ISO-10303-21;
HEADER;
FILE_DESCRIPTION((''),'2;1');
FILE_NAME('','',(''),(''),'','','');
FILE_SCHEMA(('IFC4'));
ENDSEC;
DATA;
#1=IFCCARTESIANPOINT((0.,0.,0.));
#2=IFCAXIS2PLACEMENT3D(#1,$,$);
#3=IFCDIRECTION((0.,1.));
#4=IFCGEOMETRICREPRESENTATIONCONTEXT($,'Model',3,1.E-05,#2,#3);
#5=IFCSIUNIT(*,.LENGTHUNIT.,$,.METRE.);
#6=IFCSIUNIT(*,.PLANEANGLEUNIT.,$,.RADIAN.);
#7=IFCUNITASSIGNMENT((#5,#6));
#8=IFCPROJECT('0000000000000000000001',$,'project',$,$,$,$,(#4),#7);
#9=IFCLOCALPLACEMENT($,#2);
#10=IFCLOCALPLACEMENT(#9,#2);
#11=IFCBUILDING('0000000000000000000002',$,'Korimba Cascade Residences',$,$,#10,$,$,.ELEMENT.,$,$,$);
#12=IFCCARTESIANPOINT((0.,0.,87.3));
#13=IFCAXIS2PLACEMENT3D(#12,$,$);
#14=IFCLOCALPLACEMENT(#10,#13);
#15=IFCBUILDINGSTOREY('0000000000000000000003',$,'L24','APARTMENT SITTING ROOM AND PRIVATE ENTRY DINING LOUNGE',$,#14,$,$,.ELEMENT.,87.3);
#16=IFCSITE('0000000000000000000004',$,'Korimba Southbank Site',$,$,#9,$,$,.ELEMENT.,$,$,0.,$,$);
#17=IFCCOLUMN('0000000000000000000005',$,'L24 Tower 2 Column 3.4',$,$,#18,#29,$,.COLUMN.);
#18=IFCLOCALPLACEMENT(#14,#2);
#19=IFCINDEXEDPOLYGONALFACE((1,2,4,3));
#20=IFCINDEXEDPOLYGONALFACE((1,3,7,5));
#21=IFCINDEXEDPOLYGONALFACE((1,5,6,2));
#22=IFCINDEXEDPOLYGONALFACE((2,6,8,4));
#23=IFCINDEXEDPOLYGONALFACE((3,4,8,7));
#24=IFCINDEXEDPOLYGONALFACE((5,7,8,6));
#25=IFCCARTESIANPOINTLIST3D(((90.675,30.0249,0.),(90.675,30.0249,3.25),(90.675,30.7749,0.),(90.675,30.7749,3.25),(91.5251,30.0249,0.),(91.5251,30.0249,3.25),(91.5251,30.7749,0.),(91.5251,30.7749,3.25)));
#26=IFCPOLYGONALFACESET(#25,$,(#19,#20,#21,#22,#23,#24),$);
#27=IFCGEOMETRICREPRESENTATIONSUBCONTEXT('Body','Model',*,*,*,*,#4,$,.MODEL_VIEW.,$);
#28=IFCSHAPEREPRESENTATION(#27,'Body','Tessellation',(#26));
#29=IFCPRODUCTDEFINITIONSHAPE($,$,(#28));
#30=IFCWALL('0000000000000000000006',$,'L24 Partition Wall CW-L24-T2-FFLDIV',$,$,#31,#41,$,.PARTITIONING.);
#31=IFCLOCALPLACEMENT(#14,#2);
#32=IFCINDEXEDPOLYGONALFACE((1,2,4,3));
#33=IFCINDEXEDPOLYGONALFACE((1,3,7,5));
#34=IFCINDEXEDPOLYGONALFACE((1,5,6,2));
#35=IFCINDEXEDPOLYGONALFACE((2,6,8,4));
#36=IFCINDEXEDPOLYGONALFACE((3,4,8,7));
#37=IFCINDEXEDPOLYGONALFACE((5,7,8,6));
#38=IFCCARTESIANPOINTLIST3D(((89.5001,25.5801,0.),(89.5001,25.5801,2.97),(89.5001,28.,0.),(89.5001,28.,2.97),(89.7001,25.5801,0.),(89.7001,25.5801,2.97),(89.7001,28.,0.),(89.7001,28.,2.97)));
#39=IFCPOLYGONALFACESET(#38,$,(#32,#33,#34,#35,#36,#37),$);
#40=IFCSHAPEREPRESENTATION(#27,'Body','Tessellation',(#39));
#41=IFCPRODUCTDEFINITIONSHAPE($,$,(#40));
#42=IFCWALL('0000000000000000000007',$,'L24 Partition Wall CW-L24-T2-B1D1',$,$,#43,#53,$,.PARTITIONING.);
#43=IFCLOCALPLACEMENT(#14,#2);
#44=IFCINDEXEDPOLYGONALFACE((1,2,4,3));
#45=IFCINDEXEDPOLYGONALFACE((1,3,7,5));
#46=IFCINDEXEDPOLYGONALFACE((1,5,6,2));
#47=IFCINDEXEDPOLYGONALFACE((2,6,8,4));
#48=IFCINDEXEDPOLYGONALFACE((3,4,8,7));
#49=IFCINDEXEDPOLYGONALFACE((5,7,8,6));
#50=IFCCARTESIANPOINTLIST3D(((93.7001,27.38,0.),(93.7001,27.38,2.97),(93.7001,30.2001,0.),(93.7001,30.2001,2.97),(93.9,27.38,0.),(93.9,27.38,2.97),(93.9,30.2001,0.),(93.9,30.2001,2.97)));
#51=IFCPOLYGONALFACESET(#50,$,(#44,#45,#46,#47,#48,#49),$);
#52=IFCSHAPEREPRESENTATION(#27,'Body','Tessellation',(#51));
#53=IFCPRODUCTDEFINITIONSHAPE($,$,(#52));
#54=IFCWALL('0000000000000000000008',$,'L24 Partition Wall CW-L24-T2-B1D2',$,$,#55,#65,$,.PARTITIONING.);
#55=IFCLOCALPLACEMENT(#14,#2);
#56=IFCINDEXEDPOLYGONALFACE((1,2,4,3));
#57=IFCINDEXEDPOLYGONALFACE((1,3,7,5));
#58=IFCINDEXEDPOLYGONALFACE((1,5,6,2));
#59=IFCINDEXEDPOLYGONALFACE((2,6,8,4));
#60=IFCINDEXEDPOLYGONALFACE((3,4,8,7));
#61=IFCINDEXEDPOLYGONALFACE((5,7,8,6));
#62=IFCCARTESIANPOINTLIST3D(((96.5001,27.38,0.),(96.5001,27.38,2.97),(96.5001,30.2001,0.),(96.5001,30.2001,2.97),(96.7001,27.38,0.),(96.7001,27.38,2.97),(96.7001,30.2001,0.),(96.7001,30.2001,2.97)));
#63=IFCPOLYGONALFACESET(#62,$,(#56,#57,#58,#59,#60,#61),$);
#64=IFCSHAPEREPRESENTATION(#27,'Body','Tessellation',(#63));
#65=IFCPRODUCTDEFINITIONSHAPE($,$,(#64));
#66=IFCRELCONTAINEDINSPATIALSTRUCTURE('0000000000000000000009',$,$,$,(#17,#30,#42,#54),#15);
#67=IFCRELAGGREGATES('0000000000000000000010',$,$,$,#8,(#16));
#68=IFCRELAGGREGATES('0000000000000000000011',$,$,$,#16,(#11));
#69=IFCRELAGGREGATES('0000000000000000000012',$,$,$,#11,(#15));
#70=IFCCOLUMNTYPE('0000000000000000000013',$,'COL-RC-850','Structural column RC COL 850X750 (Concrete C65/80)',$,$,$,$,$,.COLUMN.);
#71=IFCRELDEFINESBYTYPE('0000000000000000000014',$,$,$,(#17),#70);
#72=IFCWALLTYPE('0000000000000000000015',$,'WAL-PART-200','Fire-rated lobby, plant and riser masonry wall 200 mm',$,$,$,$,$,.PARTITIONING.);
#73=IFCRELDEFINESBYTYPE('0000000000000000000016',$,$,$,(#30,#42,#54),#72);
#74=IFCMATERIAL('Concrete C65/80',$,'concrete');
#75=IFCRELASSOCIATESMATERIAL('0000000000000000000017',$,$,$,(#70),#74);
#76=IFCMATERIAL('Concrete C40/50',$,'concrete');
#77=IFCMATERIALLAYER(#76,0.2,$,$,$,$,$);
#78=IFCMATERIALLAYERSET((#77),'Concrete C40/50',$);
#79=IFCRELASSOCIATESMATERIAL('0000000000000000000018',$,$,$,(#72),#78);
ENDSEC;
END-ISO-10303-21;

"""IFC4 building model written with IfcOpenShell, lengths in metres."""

from ifc_helpers import new_model, si_unit, direction, frame, frame_2d, origin, origin_2d, place, context, subcontext, project, spatial, rectangle, extrude, material, layer, layer_set, material_profile, profile_set, type_object, element, save


model = new_model("IFC4")

# Units and contexts
model_context = context("Model", 3, precision=1e-05, world=origin(), true_north=direction((0.0, 1.0)))
body_context = subcontext(model_context, "Body", "Model", "MODEL_VIEW")
ifc_project = project(units=[si_unit("LENGTHUNIT", "METRE"), si_unit("PLANEANGLEUNIT", "RADIAN")], contexts=[model_context])

# Site, building, storey
site_placement = place(None, origin())
site = spatial("IfcSite", under=ifc_project, at=site_placement, Name="Korimba Southbank Site", CompositionType="ELEMENT", RefElevation=0.0)
building_placement = place(site_placement, origin())
building = spatial("IfcBuilding", under=site, at=building_placement, Name="Korimba Cascade Residences", CompositionType="ELEMENT")
storey_placement = place(building_placement, frame((0.0, 0.0, 87.3)))
storey = spatial("IfcBuildingStorey", under=building, at=storey_placement, Name="L24", Description="APARTMENT SITTING ROOM AND PRIVATE ENTRY DINING LOUNGE", CompositionType="ELEMENT", Elevation=87.3)

# Column
ifc_material_1 = material(Name="Concrete C65/80", Category="concrete")
ifc_material_profile = material_profile(ifc_material_1, rectangle(XDim=0.8501, YDim=0.75, at=origin_2d()), Name="Concrete C65/80")
ifc_profile_set = profile_set([ifc_material_profile], Name="Concrete C65/80")
column_type = type_object("IfcColumnType", Name="COL-RC-850", Description="Structural column RC COL 850X750 (Concrete C65/80)", PredefinedType="COLUMN", material=ifc_profile_set)
column_placement = place(storey_placement, frame((91.1001, 30.3999, 0.0), z_axis=(0.0, 0.0, 1.0), x_axis=(1.0, 0.0, 0.0)))
element("IfcColumn", 1, at=column_placement, inside=storey, type_object=column_type, Name="L24 Tower 2 Column 3.4", PredefinedType="COLUMN", context=body_context, shape_type="SweptSolid", body=[
    extrude(rectangle(XDim=0.8501, YDim=0.75, at=origin_2d()), origin(), (0.0, 0.0, 1.0), 3.25),
])

# Walls
ifc_material_2 = material(Name="Concrete C40/50", Category="concrete")
ifc_layer_1 = layer(ifc_material_2, 0.2)
ifc_layer_set_1 = layer_set([ifc_layer_1], Name="Concrete C40/50")
wall_type_1 = type_object("IfcWallType", Name="WAL-PART-200", Description="Fire-rated lobby, plant and riser masonry wall 200 mm", PredefinedType="PARTITIONING", material=ifc_layer_set_1)
wall_1_placement = place(storey_placement, frame((89.6001, 25.5801, 0.0), z_axis=(0.0, 0.0, 1.0), x_axis=(0.0, 1.0, 0.0)))
element("IfcWall", 2, at=wall_1_placement, inside=storey, type_object=wall_type_1, Name="L24 Partition Wall CW-L24-T2-FFLDIV", PredefinedType="PARTITIONING", context=body_context, shape_type="SweptSolid", body=[
    extrude(rectangle(XDim=2.4199, YDim=0.2, at=frame_2d((1.21, 0.0))), origin(), (0.0, 0.0, 1.0), 2.97),
])
for number, where, z_axis, x_axis, name in (
    (3, (93.8, 27.3799, 0.0), (0.0, 0.0, 1.0), (0.0, 1.0, 0.0), "L24 Partition Wall CW-L24-T2-B1D1"),
    (4, (96.6001, 27.3799, 0.0), (0.0, 0.0, 1.0), (0.0, 1.0, 0.0), "L24 Partition Wall CW-L24-T2-B1D2"),
):
    element("IfcWall", number, at=place(storey_placement, frame(where, z_axis=z_axis, x_axis=x_axis)), inside=storey, type_object=wall_type_1, Name=name, PredefinedType="PARTITIONING", context=body_context, shape_type="SweptSolid", body=[
        extrude(rectangle(XDim=2.8201, YDim=0.2, at=frame_2d((1.4102, 0.0))), origin(), (0.0, 0.0, 1.0), 2.97),
    ])

save(model, "model.ifc")
